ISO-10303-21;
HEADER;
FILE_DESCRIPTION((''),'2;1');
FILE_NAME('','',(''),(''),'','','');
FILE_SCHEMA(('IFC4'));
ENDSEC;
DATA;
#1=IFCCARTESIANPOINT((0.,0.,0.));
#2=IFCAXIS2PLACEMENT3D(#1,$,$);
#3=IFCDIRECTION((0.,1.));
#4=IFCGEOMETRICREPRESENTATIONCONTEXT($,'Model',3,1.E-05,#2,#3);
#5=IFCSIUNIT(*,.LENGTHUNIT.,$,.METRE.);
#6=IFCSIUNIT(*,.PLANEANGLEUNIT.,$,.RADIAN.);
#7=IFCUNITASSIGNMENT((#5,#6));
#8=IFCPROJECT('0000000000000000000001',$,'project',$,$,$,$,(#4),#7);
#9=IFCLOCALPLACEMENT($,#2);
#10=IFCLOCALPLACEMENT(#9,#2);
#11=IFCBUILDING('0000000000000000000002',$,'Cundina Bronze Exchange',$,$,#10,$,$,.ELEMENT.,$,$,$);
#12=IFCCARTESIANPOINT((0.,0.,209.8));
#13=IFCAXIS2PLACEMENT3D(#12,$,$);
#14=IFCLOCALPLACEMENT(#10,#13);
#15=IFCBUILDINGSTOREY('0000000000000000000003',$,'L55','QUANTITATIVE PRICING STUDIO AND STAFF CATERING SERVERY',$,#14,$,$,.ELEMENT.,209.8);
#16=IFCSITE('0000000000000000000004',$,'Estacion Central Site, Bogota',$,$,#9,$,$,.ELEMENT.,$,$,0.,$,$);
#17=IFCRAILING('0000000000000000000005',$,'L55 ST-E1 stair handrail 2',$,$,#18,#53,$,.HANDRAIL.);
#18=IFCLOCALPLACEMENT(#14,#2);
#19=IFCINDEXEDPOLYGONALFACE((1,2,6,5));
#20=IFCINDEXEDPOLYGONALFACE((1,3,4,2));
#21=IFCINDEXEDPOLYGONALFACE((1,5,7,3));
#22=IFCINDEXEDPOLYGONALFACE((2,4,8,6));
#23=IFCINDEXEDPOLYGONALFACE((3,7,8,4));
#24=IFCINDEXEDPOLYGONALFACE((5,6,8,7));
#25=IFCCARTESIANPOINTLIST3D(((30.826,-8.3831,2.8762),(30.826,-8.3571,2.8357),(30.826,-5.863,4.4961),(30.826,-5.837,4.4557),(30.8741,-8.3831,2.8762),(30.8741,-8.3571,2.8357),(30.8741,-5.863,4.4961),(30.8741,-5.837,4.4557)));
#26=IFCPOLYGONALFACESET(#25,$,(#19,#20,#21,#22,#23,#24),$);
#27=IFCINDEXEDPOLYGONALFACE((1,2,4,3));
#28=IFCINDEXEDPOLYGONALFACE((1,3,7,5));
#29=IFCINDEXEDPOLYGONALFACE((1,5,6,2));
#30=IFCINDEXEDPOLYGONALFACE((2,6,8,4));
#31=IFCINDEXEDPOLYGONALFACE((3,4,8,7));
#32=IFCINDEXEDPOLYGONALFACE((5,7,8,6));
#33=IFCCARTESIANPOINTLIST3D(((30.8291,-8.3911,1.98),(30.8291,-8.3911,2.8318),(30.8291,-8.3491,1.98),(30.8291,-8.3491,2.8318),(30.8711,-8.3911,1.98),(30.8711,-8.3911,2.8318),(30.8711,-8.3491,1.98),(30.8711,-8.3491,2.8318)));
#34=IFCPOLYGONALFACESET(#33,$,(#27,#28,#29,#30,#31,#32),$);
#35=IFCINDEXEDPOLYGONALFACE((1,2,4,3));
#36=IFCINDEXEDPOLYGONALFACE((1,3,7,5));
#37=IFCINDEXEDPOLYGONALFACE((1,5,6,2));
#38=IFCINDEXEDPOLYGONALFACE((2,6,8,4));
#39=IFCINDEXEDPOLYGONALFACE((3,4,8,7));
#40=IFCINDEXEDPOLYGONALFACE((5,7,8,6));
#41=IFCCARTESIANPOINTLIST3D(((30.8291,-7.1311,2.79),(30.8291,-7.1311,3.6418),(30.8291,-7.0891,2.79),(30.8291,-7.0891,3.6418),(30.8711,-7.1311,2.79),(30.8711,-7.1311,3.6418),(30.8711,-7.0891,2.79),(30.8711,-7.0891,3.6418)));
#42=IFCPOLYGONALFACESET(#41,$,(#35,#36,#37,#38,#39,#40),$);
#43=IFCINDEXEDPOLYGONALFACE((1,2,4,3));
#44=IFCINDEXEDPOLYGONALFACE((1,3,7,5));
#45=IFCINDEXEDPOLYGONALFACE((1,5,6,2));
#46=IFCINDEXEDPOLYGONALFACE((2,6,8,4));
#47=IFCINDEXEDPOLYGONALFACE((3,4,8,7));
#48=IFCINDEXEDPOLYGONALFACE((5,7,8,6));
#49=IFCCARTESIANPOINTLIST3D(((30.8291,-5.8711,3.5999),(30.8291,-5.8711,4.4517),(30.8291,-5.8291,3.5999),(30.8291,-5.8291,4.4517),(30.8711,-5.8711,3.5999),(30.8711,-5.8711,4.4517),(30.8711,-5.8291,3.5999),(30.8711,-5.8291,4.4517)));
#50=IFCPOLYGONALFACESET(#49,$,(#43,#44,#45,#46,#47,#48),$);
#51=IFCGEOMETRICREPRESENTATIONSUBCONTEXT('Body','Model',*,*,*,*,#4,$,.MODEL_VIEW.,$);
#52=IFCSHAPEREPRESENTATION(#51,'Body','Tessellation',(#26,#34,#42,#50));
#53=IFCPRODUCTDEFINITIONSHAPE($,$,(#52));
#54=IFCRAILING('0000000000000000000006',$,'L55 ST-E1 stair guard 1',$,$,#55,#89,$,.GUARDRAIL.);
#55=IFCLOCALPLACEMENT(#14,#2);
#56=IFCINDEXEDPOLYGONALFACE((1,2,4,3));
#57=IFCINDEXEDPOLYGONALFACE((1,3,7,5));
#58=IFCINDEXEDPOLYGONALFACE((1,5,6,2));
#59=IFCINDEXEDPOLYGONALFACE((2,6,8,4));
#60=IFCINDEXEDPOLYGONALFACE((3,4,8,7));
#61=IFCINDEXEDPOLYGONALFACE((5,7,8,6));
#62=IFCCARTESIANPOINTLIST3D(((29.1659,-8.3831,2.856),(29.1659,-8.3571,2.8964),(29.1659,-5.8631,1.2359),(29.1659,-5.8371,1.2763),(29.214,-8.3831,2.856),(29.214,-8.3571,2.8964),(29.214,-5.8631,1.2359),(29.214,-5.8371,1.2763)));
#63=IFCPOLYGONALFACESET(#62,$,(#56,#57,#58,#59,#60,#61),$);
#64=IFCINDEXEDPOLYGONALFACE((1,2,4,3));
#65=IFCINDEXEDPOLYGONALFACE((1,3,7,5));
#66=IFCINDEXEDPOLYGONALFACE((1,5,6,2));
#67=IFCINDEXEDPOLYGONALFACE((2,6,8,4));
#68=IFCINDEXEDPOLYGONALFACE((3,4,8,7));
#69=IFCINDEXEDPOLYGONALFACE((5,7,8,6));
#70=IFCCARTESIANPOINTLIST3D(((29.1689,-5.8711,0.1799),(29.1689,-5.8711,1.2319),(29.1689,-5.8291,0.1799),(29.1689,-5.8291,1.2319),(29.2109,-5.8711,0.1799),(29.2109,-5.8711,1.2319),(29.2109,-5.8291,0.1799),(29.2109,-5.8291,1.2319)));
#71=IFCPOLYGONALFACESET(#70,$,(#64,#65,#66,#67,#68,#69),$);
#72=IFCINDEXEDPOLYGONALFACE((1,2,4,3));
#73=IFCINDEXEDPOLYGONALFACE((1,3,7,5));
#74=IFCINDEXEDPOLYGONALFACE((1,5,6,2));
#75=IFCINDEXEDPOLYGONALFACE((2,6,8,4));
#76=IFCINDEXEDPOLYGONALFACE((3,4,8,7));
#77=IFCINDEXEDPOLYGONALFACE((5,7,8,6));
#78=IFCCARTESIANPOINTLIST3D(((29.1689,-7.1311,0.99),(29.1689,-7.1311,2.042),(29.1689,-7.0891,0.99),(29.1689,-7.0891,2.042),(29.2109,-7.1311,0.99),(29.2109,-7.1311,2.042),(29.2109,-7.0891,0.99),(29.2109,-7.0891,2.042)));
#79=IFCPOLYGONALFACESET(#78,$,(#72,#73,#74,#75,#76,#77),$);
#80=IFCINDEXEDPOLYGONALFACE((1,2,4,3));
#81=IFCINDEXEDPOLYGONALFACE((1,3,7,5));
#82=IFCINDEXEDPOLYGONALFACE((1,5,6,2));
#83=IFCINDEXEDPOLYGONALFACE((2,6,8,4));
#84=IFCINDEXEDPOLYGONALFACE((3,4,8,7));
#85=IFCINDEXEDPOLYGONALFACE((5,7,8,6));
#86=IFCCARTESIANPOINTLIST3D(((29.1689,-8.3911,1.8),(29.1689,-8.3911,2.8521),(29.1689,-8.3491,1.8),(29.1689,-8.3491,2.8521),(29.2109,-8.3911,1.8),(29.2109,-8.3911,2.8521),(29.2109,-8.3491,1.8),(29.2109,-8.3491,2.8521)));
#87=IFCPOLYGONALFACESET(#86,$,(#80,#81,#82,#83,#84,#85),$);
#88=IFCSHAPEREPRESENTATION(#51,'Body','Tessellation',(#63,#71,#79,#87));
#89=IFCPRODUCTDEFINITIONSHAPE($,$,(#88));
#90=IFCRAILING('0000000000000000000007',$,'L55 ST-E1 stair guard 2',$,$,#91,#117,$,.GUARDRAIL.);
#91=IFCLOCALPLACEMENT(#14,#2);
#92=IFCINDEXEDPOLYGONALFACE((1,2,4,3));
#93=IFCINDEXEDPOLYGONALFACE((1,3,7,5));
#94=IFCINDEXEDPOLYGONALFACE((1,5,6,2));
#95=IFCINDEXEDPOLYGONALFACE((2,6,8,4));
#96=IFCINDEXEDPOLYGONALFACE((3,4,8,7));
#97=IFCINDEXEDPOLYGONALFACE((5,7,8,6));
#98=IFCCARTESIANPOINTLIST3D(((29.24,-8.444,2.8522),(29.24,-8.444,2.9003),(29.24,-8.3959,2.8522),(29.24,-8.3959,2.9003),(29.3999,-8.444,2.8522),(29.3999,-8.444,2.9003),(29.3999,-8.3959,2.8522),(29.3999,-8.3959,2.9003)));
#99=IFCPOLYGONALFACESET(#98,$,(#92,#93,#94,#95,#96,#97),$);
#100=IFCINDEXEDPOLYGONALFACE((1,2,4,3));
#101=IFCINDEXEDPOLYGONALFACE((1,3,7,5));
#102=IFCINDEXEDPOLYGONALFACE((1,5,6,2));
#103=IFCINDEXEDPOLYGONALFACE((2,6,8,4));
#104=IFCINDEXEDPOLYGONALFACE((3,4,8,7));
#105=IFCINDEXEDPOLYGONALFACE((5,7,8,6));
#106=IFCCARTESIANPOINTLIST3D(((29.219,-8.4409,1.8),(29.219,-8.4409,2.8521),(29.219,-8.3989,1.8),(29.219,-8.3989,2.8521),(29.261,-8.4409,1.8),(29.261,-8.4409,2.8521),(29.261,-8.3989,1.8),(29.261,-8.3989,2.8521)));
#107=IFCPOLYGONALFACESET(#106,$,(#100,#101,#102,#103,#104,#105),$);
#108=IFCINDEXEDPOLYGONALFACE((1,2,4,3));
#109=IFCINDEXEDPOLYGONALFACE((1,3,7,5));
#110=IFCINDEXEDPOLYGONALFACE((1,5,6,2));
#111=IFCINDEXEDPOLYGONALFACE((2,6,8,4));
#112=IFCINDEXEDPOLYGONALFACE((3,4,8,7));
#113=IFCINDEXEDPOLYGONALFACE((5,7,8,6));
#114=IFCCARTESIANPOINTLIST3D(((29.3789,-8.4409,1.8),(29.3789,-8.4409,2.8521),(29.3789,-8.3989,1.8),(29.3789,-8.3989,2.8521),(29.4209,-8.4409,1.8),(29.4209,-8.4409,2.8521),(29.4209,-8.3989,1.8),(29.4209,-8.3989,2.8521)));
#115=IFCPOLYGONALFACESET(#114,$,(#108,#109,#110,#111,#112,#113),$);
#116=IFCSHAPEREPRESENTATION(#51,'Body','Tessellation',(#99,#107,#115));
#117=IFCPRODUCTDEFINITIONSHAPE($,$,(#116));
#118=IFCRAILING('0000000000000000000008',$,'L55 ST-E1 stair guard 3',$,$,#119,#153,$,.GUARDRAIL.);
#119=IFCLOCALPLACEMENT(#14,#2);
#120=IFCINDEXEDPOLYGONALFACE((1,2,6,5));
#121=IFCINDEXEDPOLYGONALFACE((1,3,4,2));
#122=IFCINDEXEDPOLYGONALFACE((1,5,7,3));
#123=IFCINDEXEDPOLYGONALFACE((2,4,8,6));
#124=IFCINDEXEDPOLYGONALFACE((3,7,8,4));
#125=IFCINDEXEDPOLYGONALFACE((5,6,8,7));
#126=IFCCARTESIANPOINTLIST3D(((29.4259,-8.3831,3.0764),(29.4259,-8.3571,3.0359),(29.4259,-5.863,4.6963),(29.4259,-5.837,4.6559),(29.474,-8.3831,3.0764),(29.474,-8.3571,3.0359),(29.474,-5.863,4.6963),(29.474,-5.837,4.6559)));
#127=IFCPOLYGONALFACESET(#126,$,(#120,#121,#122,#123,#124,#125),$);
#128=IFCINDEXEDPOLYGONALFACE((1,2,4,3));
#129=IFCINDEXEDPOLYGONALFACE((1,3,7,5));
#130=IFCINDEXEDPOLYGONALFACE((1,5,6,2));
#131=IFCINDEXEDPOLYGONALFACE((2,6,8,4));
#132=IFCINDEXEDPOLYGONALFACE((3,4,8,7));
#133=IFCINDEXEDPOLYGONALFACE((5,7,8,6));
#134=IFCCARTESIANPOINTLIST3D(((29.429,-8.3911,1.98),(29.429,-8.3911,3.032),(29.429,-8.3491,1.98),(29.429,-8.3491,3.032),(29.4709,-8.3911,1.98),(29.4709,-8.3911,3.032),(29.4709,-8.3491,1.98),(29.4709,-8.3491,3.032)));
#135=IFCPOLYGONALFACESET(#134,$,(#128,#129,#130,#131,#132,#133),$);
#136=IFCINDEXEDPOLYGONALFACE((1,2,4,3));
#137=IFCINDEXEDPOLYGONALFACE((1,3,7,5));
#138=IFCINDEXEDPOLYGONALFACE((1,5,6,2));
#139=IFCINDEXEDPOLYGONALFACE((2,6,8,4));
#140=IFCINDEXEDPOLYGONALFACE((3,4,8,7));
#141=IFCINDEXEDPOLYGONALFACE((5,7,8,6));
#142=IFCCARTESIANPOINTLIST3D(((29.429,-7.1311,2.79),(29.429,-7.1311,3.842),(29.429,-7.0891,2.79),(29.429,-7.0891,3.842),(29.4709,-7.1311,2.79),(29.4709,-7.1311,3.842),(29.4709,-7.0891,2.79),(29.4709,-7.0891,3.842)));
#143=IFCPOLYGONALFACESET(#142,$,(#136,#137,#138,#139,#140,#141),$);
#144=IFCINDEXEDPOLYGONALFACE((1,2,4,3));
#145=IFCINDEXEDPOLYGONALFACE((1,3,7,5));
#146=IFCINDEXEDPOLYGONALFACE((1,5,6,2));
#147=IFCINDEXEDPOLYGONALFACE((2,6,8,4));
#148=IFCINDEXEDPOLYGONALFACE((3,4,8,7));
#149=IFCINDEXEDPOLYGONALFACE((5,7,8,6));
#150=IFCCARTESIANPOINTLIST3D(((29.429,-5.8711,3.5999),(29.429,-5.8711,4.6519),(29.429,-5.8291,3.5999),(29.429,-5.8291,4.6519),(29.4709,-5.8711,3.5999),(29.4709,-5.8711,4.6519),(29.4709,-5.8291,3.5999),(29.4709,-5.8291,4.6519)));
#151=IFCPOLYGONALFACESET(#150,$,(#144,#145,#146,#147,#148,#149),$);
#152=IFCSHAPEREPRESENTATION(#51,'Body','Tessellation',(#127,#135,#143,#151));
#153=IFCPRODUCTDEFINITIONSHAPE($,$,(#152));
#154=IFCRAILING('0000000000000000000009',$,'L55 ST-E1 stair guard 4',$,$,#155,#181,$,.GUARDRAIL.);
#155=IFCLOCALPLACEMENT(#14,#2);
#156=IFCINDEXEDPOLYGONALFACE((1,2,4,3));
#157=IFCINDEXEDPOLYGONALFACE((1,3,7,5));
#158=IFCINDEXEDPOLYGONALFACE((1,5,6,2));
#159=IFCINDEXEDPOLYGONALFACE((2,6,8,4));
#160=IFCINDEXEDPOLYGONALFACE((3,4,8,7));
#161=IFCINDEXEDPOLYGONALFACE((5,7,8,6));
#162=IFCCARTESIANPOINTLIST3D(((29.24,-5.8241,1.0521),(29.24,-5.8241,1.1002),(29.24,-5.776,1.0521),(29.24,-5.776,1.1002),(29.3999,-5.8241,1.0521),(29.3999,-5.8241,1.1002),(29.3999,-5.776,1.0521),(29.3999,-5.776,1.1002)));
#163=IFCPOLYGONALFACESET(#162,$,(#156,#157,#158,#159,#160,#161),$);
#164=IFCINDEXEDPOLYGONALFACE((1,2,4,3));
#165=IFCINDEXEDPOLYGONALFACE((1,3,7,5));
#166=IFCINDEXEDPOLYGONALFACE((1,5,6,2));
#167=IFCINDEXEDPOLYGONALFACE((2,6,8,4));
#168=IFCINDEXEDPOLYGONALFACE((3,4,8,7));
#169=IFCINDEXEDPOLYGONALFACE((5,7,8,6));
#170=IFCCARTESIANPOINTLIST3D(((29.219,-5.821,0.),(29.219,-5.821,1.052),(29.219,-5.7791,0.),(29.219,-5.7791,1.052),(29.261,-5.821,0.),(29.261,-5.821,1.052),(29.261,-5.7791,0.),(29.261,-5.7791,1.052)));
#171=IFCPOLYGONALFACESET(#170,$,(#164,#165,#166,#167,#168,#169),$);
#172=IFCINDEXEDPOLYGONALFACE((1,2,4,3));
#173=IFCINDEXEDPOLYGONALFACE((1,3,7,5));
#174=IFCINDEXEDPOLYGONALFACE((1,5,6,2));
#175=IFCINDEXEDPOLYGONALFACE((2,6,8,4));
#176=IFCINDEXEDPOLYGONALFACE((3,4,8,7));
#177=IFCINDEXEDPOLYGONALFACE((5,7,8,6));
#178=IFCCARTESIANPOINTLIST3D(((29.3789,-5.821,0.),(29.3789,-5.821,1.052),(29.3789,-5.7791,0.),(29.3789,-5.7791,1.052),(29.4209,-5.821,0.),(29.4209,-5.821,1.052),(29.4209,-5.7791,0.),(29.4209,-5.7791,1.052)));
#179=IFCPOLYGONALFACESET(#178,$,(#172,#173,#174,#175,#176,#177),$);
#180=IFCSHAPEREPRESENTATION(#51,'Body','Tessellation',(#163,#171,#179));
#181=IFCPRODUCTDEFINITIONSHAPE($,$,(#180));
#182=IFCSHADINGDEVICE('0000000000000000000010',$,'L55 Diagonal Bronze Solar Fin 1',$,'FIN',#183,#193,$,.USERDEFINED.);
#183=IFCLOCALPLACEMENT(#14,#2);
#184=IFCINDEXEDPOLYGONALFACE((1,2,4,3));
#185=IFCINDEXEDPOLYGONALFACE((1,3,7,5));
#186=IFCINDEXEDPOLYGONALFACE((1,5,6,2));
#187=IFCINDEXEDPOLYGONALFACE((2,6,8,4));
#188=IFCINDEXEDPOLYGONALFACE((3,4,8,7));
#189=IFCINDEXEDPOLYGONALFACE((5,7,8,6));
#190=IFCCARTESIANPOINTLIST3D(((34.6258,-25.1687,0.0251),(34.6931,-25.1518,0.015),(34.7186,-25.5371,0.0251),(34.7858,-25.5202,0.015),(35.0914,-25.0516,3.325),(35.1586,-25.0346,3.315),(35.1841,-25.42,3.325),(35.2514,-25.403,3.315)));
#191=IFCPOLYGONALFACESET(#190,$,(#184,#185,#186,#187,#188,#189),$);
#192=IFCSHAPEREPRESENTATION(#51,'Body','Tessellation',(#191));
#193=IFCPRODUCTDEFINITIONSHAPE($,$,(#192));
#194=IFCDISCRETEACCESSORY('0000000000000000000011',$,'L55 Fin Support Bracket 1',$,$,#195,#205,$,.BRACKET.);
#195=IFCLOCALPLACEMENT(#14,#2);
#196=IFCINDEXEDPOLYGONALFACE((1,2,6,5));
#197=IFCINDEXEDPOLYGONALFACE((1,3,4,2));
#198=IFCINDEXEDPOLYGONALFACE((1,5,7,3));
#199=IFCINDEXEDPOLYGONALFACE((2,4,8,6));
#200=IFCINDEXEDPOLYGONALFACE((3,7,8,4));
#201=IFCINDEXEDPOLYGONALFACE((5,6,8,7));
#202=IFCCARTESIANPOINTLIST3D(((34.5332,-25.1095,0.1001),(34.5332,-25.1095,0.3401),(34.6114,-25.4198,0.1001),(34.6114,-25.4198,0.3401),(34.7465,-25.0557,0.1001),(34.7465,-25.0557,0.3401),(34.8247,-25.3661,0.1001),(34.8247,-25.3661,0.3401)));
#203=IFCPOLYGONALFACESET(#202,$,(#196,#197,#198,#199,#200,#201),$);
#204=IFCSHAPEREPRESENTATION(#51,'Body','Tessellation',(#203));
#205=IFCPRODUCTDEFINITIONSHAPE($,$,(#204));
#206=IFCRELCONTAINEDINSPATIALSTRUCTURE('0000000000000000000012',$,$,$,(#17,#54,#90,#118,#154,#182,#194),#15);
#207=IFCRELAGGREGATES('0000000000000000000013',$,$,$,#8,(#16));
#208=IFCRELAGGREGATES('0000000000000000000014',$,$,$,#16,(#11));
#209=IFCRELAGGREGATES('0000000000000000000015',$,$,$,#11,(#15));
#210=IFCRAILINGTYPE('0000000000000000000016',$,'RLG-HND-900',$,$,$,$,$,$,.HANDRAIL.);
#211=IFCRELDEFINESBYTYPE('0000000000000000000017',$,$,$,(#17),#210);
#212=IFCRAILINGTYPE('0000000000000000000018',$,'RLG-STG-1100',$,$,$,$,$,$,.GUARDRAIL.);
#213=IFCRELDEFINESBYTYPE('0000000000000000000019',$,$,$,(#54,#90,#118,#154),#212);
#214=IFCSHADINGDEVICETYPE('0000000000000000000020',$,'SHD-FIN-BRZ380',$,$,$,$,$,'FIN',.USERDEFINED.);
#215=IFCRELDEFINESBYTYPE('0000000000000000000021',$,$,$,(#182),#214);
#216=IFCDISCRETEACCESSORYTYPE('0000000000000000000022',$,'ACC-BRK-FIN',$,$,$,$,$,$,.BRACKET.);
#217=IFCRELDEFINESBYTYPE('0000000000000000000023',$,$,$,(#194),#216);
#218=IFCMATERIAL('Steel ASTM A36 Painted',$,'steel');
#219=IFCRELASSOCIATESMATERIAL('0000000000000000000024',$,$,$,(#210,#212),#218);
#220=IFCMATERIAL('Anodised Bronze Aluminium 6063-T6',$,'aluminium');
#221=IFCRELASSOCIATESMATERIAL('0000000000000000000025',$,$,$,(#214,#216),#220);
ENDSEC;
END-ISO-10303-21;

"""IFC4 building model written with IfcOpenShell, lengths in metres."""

from ifc_helpers import new_model, si_unit, direction, frame, origin, origin_2d, place, context, subcontext, project, spatial, rectangle, extrude, material, material_profile, profile_set, type_object, element, save


model = new_model("IFC4")

# Units and contexts
model_context = context("Model", 3, precision=1e-05, world=origin(), true_north=direction((0.0, 1.0)))
body_context = subcontext(model_context, "Body", "Model", "MODEL_VIEW")
ifc_project = project(units=[si_unit("LENGTHUNIT", "METRE"), si_unit("PLANEANGLEUNIT", "RADIAN")], contexts=[model_context])

# Site, building, storey
site_placement = place(None, origin())
site = spatial("IfcSite", under=ifc_project, at=site_placement, Name="Estacion Central Site, Bogota", CompositionType="ELEMENT", RefElevation=0.0)
building_placement = place(site_placement, origin())
building = spatial("IfcBuilding", under=site, at=building_placement, Name="Cundina Bronze Exchange", CompositionType="ELEMENT")
storey_placement = place(building_placement, frame((0.0, 0.0, 209.8)))
storey = spatial("IfcBuildingStorey", under=building, at=storey_placement, Name="L55", Description="QUANTITATIVE PRICING STUDIO AND STAFF CATERING SERVERY", CompositionType="ELEMENT", Elevation=209.8)

# Shared definitions
ifc_material_1 = material(Name="Anodised Bronze Aluminium 6063-T6", Category="aluminium")

# Railings
ifc_material_2 = material(Name="Steel ASTM A36 Painted", Category="steel")
railing_type_1 = type_object("IfcRailingType", Name="RLG-HND-900", PredefinedType="HANDRAIL", material=ifc_material_2)
railing_1_placement = place(storey_placement, frame((30.8501, -8.3701, 1.98)))
element("IfcRailing", 1, at=railing_1_placement, inside=storey, type_object=railing_type_1, Name="L55 ST-E1 stair handrail 2", PredefinedType="HANDRAIL", context=body_context, shape_type="SweptSolid", body=[
    extrude(rectangle(XDim=0.0481, YDim=0.0481, at=origin_2d()), frame((0.0, 0.0, 0.876), z_axis=(0.0, 0.8412, 0.540725), x_axis=(-1.0, 0.0, 0.0)), (0.0, 0.0, 1.0), 2.9958),
    extrude(rectangle(XDim=0.042, YDim=0.042, at=origin_2d()), origin(), (0.0, 0.0, 1.0), 0.8518),
    extrude(rectangle(XDim=0.042, YDim=0.042, at=origin_2d()), frame((0.0, 1.26, 0.8101)), (0.0, 0.0, 1.0), 0.8518),
    extrude(rectangle(XDim=0.042, YDim=0.042, at=origin_2d()), frame((0.0, 2.52, 1.6199)), (0.0, 0.0, 1.0), 0.8518),
])
railing_type_2 = type_object("IfcRailingType", Name="RLG-STG-1100", PredefinedType="GUARDRAIL", material=ifc_material_2)
railing_2_placement = place(storey_placement, frame((29.1899, -5.8501, 0.1799)))
element("IfcRailing", 2, at=railing_2_placement, inside=storey, type_object=railing_type_2, Name="L55 ST-E1 stair guard 1", PredefinedType="GUARDRAIL", context=body_context, shape_type="SweptSolid", body=[
    extrude(rectangle(XDim=0.0481, YDim=0.0481, at=origin_2d()), frame((0.0, 0.0, 1.0762), z_axis=(0.0, -0.841163, 0.540782), x_axis=(1.0, 0.0, 0.0)), (0.0, 0.0, 1.0), 2.9958),
    extrude(rectangle(XDim=0.042, YDim=0.042, at=origin_2d()), origin(), (0.0, 0.0, 1.0), 1.052),
    extrude(rectangle(XDim=0.042, YDim=0.042, at=origin_2d()), frame((0.0, -1.26, 0.8101)), (0.0, 0.0, 1.0), 1.052),
    extrude(rectangle(XDim=0.042, YDim=0.042, at=origin_2d()), frame((0.0, -2.52, 1.6201)), (0.0, 0.0, 1.0), 1.052),
])
railing_3_placement = place(storey_placement, frame((29.24, -8.4199, 1.8)))
element("IfcRailing", 3, at=railing_3_placement, inside=storey, type_object=railing_type_2, Name="L55 ST-E1 stair guard 2", PredefinedType="GUARDRAIL", context=body_context, shape_type="SweptSolid", body=[
    extrude(rectangle(XDim=0.0481, YDim=0.0481, at=origin_2d()), frame((0.0, 0.0, 1.0762), z_axis=(1.0, 0.0, 0.0), x_axis=(0.0, 1.0, 0.0)), (0.0, 0.0, 1.0), 0.1599),
    extrude(rectangle(XDim=0.042, YDim=0.042, at=origin_2d()), origin(), (0.0, 0.0, 1.0), 1.052),
    extrude(rectangle(XDim=0.042, YDim=0.042, at=origin_2d()), frame((0.1599, 0.0, 0.0)), (0.0, 0.0, 1.0), 1.052),
])
railing_4_placement = place(storey_placement, frame((29.45, -8.3701, 1.98)))
element("IfcRailing", 4, at=railing_4_placement, inside=storey, type_object=railing_type_2, Name="L55 ST-E1 stair guard 3", PredefinedType="GUARDRAIL", context=body_context, shape_type="SweptSolid", body=[
    extrude(rectangle(XDim=0.0481, YDim=0.0481, at=origin_2d()), frame((0.0, 0.0, 1.0762), z_axis=(0.0, 0.8412, 0.540725), x_axis=(-1.0, 0.0, 0.0)), (0.0, 0.0, 1.0), 2.9958),
    extrude(rectangle(XDim=0.042, YDim=0.042, at=origin_2d()), origin(), (0.0, 0.0, 1.0), 1.052),
    extrude(rectangle(XDim=0.042, YDim=0.042, at=origin_2d()), frame((0.0, 1.26, 0.8101)), (0.0, 0.0, 1.0), 1.052),
    extrude(rectangle(XDim=0.042, YDim=0.042, at=origin_2d()), frame((0.0, 2.52, 1.6199)), (0.0, 0.0, 1.0), 1.052),
])
railing_5_placement = place(storey_placement, frame((29.24, -5.8, 0.0)))
element("IfcRailing", 5, at=railing_5_placement, inside=storey, type_object=railing_type_2, Name="L55 ST-E1 stair guard 4", PredefinedType="GUARDRAIL", context=body_context, shape_type="SweptSolid", body=[
    extrude(rectangle(XDim=0.0481, YDim=0.0481, at=origin_2d()), frame((0.0, 0.0, 1.0762), z_axis=(1.0, 0.0, 0.0), x_axis=(0.0, 1.0, 0.0)), (0.0, 0.0, 1.0), 0.1599),
    extrude(rectangle(XDim=0.042, YDim=0.042, at=origin_2d()), origin(), (0.0, 0.0, 1.0), 1.052),
    extrude(rectangle(XDim=0.042, YDim=0.042, at=origin_2d()), frame((0.1599, 0.0, 0.0)), (0.0, 0.0, 1.0), 1.052),
])

# Shading device
ifc_material_profile_1 = material_profile(ifc_material_1, rectangle(XDim=0.0701, YDim=0.3799, at=origin_2d()), Name="FIN70X380", Category="aluminium")
ifc_profile_set_1 = profile_set([ifc_material_profile_1], Name="Anodised Bronze Aluminium 6063-T6")
shading_device_type = type_object("IfcShadingDeviceType", Name="SHD-FIN-BRZ380", ElementType="FIN", PredefinedType="USERDEFINED", material=ifc_profile_set_1)
shading_device_placement = place(storey_placement, frame((34.7058, -25.3445, 0.02), z_axis=(0.139612, 0.035141, 0.989583), x_axis=(-0.95965, -0.241548, 0.143967)))
element("IfcShadingDevice", 6, at=shading_device_placement, inside=storey, type_object=shading_device_type, Name="L55 Diagonal Bronze Solar Fin 1", ObjectType="FIN", PredefinedType="USERDEFINED", context=body_context, shape_type="SweptSolid", body=[
    extrude(rectangle(XDim=0.0701, YDim=0.3799, at=origin_2d()), origin(), (0.0, 0.0, 1.0), 3.3347),
])

# Discrete accessory
discrete_accessory_type = type_object("IfcDiscreteAccessoryType", Name="ACC-BRK-FIN", PredefinedType="BRACKET", material=ifc_material_1)
discrete_accessory_placement = place(storey_placement, frame((34.679, -25.2378, 0.1001), z_axis=(0.0, 0.0, 1.0), x_axis=(0.969732, 0.244174, 0.0)))
element("IfcDiscreteAccessory", 7, at=discrete_accessory_placement, inside=storey, type_object=discrete_accessory_type, Name="L55 Fin Support Bracket 1", PredefinedType="BRACKET", context=body_context, shape_type="SweptSolid", body=[
    extrude(rectangle(XDim=0.22, YDim=0.3201, at=origin_2d()), origin(), (0.0, 0.0, 1.0), 0.24),
])

save(model, "model.ifc")
